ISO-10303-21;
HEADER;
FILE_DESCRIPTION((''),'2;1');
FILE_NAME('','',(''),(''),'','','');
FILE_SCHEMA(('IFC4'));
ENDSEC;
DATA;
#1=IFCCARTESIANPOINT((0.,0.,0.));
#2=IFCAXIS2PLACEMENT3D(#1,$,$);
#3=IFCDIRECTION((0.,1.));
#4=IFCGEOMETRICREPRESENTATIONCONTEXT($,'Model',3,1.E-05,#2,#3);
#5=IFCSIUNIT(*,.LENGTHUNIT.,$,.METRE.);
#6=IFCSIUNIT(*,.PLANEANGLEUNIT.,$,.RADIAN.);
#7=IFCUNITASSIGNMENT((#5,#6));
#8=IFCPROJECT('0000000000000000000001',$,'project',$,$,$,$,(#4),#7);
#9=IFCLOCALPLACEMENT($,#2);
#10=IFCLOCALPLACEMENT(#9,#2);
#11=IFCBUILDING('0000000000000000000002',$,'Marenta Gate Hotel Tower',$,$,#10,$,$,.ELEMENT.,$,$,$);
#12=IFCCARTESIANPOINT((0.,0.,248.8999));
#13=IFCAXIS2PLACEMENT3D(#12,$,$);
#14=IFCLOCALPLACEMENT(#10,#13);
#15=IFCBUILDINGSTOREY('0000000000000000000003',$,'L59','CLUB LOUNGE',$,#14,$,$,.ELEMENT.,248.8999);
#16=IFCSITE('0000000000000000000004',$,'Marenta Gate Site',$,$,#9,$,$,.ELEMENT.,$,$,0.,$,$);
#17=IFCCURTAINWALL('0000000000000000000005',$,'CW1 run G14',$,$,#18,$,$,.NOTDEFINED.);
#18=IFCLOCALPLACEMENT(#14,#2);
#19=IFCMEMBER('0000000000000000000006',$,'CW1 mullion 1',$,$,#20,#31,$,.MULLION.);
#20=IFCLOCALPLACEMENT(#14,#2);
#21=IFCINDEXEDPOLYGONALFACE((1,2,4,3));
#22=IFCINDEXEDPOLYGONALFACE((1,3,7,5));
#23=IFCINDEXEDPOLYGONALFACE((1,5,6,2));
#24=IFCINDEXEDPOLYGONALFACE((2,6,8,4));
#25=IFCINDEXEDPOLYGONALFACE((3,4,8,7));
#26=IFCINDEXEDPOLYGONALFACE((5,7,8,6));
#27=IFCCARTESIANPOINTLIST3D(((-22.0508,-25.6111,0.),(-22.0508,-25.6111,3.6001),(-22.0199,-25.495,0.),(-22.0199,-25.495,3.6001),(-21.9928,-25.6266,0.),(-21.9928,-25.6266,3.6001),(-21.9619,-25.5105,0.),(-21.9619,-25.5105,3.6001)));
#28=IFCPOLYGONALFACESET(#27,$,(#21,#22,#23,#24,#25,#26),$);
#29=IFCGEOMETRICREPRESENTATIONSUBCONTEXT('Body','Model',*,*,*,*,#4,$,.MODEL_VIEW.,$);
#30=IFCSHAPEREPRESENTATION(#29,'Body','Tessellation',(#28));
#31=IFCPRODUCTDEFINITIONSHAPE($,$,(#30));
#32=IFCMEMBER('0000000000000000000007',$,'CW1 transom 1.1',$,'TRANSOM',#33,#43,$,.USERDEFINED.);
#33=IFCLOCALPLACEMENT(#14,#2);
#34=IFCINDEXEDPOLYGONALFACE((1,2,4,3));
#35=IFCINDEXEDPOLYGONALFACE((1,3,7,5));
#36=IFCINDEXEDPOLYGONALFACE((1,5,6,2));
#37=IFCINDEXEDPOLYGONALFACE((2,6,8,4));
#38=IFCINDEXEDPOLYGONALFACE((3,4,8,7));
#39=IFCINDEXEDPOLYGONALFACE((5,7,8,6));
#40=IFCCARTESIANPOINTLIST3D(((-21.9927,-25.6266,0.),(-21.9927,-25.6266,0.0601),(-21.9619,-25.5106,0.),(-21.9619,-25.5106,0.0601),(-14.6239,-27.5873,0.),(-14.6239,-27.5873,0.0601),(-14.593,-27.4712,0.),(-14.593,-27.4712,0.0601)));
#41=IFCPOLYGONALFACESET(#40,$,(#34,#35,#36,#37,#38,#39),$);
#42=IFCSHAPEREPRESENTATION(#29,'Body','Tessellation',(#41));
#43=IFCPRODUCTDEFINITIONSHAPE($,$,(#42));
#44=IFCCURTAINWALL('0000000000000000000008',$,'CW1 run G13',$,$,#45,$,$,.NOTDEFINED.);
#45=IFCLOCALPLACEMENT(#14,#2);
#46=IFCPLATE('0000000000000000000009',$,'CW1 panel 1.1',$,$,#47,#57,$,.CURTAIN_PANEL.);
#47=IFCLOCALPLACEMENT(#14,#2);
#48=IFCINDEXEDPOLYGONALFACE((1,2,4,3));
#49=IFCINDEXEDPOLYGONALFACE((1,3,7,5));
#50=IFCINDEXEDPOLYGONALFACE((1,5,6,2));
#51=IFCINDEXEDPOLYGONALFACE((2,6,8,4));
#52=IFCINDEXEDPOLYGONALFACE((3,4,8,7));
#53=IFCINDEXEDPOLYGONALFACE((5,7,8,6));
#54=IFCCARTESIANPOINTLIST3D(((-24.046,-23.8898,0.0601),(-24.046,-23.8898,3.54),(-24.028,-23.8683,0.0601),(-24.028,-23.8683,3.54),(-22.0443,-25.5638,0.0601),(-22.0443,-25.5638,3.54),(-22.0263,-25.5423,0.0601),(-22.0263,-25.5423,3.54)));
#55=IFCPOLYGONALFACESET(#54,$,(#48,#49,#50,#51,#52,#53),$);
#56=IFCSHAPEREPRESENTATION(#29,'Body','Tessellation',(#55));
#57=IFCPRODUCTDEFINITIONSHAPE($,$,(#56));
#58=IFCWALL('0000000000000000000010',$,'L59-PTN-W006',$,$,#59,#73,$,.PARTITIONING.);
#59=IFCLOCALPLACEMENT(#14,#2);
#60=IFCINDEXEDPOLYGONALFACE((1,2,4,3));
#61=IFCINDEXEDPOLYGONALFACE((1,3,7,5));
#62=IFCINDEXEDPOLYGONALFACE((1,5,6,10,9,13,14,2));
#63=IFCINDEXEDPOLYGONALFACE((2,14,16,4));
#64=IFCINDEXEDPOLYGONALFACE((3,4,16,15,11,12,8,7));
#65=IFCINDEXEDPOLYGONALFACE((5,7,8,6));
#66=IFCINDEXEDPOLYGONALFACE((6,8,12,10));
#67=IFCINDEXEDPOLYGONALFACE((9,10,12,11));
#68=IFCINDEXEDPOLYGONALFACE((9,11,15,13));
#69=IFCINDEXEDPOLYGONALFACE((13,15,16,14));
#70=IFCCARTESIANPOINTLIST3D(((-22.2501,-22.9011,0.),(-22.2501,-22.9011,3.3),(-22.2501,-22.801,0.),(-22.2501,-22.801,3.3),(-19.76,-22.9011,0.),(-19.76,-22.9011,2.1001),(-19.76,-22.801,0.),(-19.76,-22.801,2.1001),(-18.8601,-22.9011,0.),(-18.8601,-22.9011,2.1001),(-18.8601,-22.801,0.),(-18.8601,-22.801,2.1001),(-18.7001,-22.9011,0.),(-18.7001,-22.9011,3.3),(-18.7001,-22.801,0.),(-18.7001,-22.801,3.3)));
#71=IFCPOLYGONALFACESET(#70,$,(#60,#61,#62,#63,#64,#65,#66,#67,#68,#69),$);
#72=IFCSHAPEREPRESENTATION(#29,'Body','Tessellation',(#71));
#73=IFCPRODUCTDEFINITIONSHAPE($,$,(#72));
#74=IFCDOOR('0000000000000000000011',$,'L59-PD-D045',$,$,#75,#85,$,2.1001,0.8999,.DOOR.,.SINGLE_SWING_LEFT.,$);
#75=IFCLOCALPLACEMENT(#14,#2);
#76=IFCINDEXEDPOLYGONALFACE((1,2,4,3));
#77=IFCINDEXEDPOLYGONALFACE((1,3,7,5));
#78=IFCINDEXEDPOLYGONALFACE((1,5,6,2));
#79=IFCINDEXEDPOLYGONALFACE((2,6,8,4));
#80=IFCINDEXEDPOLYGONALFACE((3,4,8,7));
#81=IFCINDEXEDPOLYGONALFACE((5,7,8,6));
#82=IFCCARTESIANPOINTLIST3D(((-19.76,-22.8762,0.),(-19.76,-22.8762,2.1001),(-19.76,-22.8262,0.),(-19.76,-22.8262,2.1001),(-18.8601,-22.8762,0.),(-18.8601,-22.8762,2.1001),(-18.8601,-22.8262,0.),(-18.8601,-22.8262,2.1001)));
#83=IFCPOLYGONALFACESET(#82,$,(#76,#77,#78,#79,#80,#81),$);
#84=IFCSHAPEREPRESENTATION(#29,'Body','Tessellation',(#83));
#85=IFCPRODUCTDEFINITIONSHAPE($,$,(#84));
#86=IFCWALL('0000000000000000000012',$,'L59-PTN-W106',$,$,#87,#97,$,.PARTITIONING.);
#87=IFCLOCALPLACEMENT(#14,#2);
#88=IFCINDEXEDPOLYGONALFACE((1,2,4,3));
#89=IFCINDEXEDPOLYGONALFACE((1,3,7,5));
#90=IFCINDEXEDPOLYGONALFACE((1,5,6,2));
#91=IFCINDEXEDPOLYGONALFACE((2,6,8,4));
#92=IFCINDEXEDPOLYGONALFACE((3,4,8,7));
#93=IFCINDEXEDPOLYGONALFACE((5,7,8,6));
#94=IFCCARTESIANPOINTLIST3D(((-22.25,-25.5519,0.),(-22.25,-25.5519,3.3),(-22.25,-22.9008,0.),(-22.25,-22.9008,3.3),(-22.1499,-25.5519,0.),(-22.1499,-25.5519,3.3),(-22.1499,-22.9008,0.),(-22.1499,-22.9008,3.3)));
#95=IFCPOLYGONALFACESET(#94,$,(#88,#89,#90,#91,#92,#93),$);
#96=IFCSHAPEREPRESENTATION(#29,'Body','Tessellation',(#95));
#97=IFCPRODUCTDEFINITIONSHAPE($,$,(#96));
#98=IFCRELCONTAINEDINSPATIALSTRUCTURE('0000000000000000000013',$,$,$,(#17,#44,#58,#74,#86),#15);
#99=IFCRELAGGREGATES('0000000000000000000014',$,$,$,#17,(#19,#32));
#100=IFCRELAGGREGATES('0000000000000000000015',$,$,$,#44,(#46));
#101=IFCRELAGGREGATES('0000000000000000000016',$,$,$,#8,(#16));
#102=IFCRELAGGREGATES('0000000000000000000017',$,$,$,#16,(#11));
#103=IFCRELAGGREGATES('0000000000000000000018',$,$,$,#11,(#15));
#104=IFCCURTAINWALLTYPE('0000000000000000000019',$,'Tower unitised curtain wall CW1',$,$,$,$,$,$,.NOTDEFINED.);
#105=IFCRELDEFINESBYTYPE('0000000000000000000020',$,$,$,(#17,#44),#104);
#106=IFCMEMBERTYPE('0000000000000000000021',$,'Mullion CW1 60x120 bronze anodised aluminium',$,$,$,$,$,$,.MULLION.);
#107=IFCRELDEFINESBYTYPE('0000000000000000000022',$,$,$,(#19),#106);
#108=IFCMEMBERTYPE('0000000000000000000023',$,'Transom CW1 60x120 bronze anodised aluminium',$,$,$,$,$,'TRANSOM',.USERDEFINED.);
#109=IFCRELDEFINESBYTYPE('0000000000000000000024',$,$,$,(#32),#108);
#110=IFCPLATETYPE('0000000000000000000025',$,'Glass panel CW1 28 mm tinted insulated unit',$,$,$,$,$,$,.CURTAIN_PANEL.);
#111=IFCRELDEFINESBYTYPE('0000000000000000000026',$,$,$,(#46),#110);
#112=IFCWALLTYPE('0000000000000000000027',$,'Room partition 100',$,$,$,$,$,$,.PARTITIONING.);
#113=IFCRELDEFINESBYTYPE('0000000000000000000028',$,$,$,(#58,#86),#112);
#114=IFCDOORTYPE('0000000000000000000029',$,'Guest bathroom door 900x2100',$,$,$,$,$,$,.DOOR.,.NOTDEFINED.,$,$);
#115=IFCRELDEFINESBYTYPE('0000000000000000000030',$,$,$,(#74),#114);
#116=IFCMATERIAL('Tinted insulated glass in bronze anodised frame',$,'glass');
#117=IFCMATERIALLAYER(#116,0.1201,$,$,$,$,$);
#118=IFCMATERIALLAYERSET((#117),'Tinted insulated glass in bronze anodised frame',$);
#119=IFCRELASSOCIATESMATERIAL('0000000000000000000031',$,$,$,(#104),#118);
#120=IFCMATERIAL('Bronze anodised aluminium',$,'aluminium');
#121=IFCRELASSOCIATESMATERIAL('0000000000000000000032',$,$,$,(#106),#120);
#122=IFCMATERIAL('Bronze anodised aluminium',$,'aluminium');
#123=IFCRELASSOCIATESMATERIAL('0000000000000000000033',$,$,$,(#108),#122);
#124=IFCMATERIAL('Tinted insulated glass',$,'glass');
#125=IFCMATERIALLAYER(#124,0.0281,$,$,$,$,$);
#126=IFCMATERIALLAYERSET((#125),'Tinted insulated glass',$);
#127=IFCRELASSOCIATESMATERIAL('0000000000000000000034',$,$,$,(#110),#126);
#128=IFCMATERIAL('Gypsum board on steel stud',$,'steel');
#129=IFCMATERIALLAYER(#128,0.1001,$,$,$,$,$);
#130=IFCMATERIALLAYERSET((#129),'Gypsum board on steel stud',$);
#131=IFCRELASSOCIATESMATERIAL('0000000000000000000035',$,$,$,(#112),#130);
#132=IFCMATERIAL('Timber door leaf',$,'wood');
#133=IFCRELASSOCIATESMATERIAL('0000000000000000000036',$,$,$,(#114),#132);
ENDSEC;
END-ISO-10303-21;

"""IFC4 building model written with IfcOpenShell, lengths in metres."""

from ifc_helpers import new_model, si_unit, direction, frame, frame_2d, origin, origin_2d, place, context, subcontext, project, spatial, rectangle, extrude, material, layer, layer_set, material_profile, profile_set, type_object, element, fill, aggregate, save


model = new_model("IFC4")

# Units and contexts
model_context = context("Model", 3, precision=1e-05, world=origin(), true_north=direction((0.0, 1.0)))
body_context = subcontext(model_context, "Body", "Model", "MODEL_VIEW")
ifc_project = project(units=[si_unit("LENGTHUNIT", "METRE"), si_unit("PLANEANGLEUNIT", "RADIAN")], contexts=[model_context])

# Site, building, storey
site_placement = place(None, origin())
site = spatial("IfcSite", under=ifc_project, at=site_placement, Name="Marenta Gate Site", CompositionType="ELEMENT", RefElevation=0.0)
building_placement = place(site_placement, origin())
building = spatial("IfcBuilding", under=site, at=building_placement, Name="Marenta Gate Hotel Tower", CompositionType="ELEMENT")
storey_placement = place(building_placement, frame((0.0, 0.0, 248.8999)))
storey = spatial("IfcBuildingStorey", under=building, at=storey_placement, Name="L59", Description="CLUB LOUNGE", CompositionType="ELEMENT", Elevation=248.8999)

# Curtain wall, members
ifc_material_1 = material(Name="Tinted insulated glass in bronze anodised frame", Category="glass")
ifc_layer_1 = layer(ifc_material_1, 0.1201)
ifc_layer_set_1 = layer_set([ifc_layer_1], Name="Tinted insulated glass in bronze anodised frame")
curtain_wall_type = type_object("IfcCurtainWallType", Name="Tower unitised curtain wall CW1", PredefinedType="NOTDEFINED", material=ifc_layer_set_1)
curtain_wall_1_placement = place(storey_placement, origin())
curtain_wall_1 = element("IfcCurtainWall", 1, at=curtain_wall_1_placement, inside=storey, type_object=curtain_wall_type, Name="CW1 run G14", PredefinedType="NOTDEFINED")
ifc_material_2 = material(Name="Bronze anodised aluminium", Category="aluminium")
ifc_material_profile_1 = material_profile(ifc_material_2, rectangle(XDim=0.1201, YDim=0.0601, at=origin_2d()), Name="Mullion CW1 60x120 bronze anodised aluminium")
ifc_profile_set_1 = profile_set([ifc_material_profile_1], Name="Bronze anodised aluminium")
member_type_1 = type_object("IfcMemberType", Name="Mullion CW1 60x120 bronze anodised aluminium", PredefinedType="MULLION", material=ifc_profile_set_1)
member_1_placement = place(storey_placement, frame((-22.0063, -25.5608, 0.0), z_axis=(0.0, 0.0, 1.0), x_axis=(0.257136, 0.966375, 0.0)))
member_1 = element("IfcMember", 2, at=member_1_placement, type_object=member_type_1, Name="CW1 mullion 1", PredefinedType="MULLION", context=body_context, shape_type="SweptSolid", body=[
    extrude(rectangle(XDim=0.1201, YDim=0.0601, at=origin_2d()), origin(), (0.0, 0.0, 1.0), 3.6001),
])
ifc_material_3 = material(Name="Bronze anodised aluminium", Category="aluminium")
ifc_material_profile_2 = material_profile(ifc_material_3, rectangle(XDim=0.1201, YDim=0.0601, at=origin_2d()), Name="Transom CW1 60x120 bronze anodised aluminium")
ifc_profile_set_2 = profile_set([ifc_material_profile_2], Name="Bronze anodised aluminium")
member_type_2 = type_object("IfcMemberType", Name="Transom CW1 60x120 bronze anodised aluminium", ElementType="TRANSOM", PredefinedType="USERDEFINED", material=ifc_profile_set_2)
member_2_placement = place(storey_placement, frame((-21.9773, -25.5686, 0.03), z_axis=(0.966377, -0.257131, 0.0), x_axis=(0.257131, 0.966377, 0.0)))
member_2 = element("IfcMember", 3, at=member_2_placement, type_object=member_type_2, Name="CW1 transom 1.1", ObjectType="TRANSOM", PredefinedType="USERDEFINED", context=body_context, shape_type="SweptSolid", body=[
    extrude(rectangle(XDim=0.1201, YDim=0.0601, at=origin_2d()), origin(), (0.0, 0.0, 1.0), 7.6252),
])
aggregate(curtain_wall_1, [member_1, member_2])

# Curtain wall, plate
curtain_wall_2_placement = place(storey_placement, origin())
curtain_wall_2 = element("IfcCurtainWall", 4, at=curtain_wall_2_placement, inside=storey, type_object=curtain_wall_type, Name="CW1 run G13", PredefinedType="NOTDEFINED")
ifc_material_4 = material(Name="Tinted insulated glass", Category="glass")
ifc_layer_2 = layer(ifc_material_4, 0.0281)
ifc_layer_set_2 = layer_set([ifc_layer_2], Name="Tinted insulated glass")
plate_type = type_object("IfcPlateType", Name="Glass panel CW1 28 mm tinted insulated unit", PredefinedType="CURTAIN_PANEL", material=ifc_layer_set_2)
plate_placement = place(storey_placement, frame((-23.0361, -24.7161, 0.0601), z_axis=(0.0, 0.0, 1.0), x_axis=(0.767102, -0.641525, 0.0)))
plate = element("IfcPlate", 5, at=plate_placement, type_object=plate_type, Name="CW1 panel 1.1", PredefinedType="CURTAIN_PANEL", context=body_context, shape_type="SweptSolid", body=[
    extrude(rectangle(XDim=2.6094, YDim=0.0281, at=origin_2d()), origin(), (0.0, 0.0, 1.0), 3.48),
])
aggregate(curtain_wall_2, [plate])

# Wall, opening, door
ifc_material_5 = material(Name="Gypsum board on steel stud", Category="steel")
ifc_layer_3 = layer(ifc_material_5, 0.1001)
ifc_layer_set_3 = layer_set([ifc_layer_3], Name="Gypsum board on steel stud")
wall_type = type_object("IfcWallType", Name="Room partition 100", PredefinedType="PARTITIONING", material=ifc_layer_set_3)
wall_1_placement = place(storey_placement, frame((-22.25, -22.8511, 0.0), z_axis=(0.0, 0.0, 1.0), x_axis=(1.0, 0.0, 0.0)))
wall_1 = element("IfcWall", 6, at=wall_1_placement, inside=storey, type_object=wall_type, Name="L59-PTN-W006", PredefinedType="PARTITIONING", context=body_context, shape_type="SweptSolid", body=[
    extrude(rectangle(XDim=3.55, YDim=0.1001, at=frame_2d((1.7749, 0.0))), origin(), (0.0, 0.0, 1.0), 3.3),
])
opening_placement = place(wall_1_placement, frame((2.49, 0.0, 0.0)))
opening = element("IfcOpeningElement", 7, at=opening_placement, cuts=wall_1, PredefinedType="OPENING", context=body_context, shape_type="SweptSolid", body=[
    extrude(rectangle(XDim=0.8999, YDim=2.1001, at=frame_2d((0.45, 1.05))), frame((0.0, 0.05, 0.0), z_axis=(0.0, -1.0, 0.0), x_axis=(1.0, 0.0, 0.0)), (0.0, 0.0, 1.0), 0.1001),
])
ifc_material_6 = material(Name="Timber door leaf", Category="wood")
door_type = type_object("IfcDoorType", Name="Guest bathroom door 900x2100", OperationType="NOTDEFINED", PredefinedType="DOOR", material=ifc_material_6)
door_placement = place(opening_placement, origin())
door = element("IfcDoor", 8, at=door_placement, inside=storey, type_object=door_type, Name="L59-PD-D045", OperationType="SINGLE_SWING_LEFT", OverallHeight=2.1001, OverallWidth=0.8999, PredefinedType="DOOR", context=body_context, shape_type="SweptSolid", body=[
    extrude(rectangle(XDim=0.8999, YDim=2.1001, at=frame_2d((0.45, 1.05))), frame((0.0, 0.0249, 0.0), z_axis=(0.0, -1.0, 0.0), x_axis=(1.0, 0.0, 0.0)), (0.0, 0.0, 1.0), 0.05),
])
fill(opening, door)

# Wall
wall_2_placement = place(storey_placement, frame((-22.2, -25.552, 0.0), z_axis=(0.0, 0.0, 1.0), x_axis=(0.0, 1.0, 0.0)))
element("IfcWall", 9, at=wall_2_placement, inside=storey, type_object=wall_type, Name="L59-PTN-W106", PredefinedType="PARTITIONING", context=body_context, shape_type="SweptSolid", body=[
    extrude(rectangle(XDim=2.6511, YDim=0.1001, at=frame_2d((1.3257, 0.0))), origin(), (0.0, 0.0, 1.0), 3.3),
])

save(model, "model.ifc")
